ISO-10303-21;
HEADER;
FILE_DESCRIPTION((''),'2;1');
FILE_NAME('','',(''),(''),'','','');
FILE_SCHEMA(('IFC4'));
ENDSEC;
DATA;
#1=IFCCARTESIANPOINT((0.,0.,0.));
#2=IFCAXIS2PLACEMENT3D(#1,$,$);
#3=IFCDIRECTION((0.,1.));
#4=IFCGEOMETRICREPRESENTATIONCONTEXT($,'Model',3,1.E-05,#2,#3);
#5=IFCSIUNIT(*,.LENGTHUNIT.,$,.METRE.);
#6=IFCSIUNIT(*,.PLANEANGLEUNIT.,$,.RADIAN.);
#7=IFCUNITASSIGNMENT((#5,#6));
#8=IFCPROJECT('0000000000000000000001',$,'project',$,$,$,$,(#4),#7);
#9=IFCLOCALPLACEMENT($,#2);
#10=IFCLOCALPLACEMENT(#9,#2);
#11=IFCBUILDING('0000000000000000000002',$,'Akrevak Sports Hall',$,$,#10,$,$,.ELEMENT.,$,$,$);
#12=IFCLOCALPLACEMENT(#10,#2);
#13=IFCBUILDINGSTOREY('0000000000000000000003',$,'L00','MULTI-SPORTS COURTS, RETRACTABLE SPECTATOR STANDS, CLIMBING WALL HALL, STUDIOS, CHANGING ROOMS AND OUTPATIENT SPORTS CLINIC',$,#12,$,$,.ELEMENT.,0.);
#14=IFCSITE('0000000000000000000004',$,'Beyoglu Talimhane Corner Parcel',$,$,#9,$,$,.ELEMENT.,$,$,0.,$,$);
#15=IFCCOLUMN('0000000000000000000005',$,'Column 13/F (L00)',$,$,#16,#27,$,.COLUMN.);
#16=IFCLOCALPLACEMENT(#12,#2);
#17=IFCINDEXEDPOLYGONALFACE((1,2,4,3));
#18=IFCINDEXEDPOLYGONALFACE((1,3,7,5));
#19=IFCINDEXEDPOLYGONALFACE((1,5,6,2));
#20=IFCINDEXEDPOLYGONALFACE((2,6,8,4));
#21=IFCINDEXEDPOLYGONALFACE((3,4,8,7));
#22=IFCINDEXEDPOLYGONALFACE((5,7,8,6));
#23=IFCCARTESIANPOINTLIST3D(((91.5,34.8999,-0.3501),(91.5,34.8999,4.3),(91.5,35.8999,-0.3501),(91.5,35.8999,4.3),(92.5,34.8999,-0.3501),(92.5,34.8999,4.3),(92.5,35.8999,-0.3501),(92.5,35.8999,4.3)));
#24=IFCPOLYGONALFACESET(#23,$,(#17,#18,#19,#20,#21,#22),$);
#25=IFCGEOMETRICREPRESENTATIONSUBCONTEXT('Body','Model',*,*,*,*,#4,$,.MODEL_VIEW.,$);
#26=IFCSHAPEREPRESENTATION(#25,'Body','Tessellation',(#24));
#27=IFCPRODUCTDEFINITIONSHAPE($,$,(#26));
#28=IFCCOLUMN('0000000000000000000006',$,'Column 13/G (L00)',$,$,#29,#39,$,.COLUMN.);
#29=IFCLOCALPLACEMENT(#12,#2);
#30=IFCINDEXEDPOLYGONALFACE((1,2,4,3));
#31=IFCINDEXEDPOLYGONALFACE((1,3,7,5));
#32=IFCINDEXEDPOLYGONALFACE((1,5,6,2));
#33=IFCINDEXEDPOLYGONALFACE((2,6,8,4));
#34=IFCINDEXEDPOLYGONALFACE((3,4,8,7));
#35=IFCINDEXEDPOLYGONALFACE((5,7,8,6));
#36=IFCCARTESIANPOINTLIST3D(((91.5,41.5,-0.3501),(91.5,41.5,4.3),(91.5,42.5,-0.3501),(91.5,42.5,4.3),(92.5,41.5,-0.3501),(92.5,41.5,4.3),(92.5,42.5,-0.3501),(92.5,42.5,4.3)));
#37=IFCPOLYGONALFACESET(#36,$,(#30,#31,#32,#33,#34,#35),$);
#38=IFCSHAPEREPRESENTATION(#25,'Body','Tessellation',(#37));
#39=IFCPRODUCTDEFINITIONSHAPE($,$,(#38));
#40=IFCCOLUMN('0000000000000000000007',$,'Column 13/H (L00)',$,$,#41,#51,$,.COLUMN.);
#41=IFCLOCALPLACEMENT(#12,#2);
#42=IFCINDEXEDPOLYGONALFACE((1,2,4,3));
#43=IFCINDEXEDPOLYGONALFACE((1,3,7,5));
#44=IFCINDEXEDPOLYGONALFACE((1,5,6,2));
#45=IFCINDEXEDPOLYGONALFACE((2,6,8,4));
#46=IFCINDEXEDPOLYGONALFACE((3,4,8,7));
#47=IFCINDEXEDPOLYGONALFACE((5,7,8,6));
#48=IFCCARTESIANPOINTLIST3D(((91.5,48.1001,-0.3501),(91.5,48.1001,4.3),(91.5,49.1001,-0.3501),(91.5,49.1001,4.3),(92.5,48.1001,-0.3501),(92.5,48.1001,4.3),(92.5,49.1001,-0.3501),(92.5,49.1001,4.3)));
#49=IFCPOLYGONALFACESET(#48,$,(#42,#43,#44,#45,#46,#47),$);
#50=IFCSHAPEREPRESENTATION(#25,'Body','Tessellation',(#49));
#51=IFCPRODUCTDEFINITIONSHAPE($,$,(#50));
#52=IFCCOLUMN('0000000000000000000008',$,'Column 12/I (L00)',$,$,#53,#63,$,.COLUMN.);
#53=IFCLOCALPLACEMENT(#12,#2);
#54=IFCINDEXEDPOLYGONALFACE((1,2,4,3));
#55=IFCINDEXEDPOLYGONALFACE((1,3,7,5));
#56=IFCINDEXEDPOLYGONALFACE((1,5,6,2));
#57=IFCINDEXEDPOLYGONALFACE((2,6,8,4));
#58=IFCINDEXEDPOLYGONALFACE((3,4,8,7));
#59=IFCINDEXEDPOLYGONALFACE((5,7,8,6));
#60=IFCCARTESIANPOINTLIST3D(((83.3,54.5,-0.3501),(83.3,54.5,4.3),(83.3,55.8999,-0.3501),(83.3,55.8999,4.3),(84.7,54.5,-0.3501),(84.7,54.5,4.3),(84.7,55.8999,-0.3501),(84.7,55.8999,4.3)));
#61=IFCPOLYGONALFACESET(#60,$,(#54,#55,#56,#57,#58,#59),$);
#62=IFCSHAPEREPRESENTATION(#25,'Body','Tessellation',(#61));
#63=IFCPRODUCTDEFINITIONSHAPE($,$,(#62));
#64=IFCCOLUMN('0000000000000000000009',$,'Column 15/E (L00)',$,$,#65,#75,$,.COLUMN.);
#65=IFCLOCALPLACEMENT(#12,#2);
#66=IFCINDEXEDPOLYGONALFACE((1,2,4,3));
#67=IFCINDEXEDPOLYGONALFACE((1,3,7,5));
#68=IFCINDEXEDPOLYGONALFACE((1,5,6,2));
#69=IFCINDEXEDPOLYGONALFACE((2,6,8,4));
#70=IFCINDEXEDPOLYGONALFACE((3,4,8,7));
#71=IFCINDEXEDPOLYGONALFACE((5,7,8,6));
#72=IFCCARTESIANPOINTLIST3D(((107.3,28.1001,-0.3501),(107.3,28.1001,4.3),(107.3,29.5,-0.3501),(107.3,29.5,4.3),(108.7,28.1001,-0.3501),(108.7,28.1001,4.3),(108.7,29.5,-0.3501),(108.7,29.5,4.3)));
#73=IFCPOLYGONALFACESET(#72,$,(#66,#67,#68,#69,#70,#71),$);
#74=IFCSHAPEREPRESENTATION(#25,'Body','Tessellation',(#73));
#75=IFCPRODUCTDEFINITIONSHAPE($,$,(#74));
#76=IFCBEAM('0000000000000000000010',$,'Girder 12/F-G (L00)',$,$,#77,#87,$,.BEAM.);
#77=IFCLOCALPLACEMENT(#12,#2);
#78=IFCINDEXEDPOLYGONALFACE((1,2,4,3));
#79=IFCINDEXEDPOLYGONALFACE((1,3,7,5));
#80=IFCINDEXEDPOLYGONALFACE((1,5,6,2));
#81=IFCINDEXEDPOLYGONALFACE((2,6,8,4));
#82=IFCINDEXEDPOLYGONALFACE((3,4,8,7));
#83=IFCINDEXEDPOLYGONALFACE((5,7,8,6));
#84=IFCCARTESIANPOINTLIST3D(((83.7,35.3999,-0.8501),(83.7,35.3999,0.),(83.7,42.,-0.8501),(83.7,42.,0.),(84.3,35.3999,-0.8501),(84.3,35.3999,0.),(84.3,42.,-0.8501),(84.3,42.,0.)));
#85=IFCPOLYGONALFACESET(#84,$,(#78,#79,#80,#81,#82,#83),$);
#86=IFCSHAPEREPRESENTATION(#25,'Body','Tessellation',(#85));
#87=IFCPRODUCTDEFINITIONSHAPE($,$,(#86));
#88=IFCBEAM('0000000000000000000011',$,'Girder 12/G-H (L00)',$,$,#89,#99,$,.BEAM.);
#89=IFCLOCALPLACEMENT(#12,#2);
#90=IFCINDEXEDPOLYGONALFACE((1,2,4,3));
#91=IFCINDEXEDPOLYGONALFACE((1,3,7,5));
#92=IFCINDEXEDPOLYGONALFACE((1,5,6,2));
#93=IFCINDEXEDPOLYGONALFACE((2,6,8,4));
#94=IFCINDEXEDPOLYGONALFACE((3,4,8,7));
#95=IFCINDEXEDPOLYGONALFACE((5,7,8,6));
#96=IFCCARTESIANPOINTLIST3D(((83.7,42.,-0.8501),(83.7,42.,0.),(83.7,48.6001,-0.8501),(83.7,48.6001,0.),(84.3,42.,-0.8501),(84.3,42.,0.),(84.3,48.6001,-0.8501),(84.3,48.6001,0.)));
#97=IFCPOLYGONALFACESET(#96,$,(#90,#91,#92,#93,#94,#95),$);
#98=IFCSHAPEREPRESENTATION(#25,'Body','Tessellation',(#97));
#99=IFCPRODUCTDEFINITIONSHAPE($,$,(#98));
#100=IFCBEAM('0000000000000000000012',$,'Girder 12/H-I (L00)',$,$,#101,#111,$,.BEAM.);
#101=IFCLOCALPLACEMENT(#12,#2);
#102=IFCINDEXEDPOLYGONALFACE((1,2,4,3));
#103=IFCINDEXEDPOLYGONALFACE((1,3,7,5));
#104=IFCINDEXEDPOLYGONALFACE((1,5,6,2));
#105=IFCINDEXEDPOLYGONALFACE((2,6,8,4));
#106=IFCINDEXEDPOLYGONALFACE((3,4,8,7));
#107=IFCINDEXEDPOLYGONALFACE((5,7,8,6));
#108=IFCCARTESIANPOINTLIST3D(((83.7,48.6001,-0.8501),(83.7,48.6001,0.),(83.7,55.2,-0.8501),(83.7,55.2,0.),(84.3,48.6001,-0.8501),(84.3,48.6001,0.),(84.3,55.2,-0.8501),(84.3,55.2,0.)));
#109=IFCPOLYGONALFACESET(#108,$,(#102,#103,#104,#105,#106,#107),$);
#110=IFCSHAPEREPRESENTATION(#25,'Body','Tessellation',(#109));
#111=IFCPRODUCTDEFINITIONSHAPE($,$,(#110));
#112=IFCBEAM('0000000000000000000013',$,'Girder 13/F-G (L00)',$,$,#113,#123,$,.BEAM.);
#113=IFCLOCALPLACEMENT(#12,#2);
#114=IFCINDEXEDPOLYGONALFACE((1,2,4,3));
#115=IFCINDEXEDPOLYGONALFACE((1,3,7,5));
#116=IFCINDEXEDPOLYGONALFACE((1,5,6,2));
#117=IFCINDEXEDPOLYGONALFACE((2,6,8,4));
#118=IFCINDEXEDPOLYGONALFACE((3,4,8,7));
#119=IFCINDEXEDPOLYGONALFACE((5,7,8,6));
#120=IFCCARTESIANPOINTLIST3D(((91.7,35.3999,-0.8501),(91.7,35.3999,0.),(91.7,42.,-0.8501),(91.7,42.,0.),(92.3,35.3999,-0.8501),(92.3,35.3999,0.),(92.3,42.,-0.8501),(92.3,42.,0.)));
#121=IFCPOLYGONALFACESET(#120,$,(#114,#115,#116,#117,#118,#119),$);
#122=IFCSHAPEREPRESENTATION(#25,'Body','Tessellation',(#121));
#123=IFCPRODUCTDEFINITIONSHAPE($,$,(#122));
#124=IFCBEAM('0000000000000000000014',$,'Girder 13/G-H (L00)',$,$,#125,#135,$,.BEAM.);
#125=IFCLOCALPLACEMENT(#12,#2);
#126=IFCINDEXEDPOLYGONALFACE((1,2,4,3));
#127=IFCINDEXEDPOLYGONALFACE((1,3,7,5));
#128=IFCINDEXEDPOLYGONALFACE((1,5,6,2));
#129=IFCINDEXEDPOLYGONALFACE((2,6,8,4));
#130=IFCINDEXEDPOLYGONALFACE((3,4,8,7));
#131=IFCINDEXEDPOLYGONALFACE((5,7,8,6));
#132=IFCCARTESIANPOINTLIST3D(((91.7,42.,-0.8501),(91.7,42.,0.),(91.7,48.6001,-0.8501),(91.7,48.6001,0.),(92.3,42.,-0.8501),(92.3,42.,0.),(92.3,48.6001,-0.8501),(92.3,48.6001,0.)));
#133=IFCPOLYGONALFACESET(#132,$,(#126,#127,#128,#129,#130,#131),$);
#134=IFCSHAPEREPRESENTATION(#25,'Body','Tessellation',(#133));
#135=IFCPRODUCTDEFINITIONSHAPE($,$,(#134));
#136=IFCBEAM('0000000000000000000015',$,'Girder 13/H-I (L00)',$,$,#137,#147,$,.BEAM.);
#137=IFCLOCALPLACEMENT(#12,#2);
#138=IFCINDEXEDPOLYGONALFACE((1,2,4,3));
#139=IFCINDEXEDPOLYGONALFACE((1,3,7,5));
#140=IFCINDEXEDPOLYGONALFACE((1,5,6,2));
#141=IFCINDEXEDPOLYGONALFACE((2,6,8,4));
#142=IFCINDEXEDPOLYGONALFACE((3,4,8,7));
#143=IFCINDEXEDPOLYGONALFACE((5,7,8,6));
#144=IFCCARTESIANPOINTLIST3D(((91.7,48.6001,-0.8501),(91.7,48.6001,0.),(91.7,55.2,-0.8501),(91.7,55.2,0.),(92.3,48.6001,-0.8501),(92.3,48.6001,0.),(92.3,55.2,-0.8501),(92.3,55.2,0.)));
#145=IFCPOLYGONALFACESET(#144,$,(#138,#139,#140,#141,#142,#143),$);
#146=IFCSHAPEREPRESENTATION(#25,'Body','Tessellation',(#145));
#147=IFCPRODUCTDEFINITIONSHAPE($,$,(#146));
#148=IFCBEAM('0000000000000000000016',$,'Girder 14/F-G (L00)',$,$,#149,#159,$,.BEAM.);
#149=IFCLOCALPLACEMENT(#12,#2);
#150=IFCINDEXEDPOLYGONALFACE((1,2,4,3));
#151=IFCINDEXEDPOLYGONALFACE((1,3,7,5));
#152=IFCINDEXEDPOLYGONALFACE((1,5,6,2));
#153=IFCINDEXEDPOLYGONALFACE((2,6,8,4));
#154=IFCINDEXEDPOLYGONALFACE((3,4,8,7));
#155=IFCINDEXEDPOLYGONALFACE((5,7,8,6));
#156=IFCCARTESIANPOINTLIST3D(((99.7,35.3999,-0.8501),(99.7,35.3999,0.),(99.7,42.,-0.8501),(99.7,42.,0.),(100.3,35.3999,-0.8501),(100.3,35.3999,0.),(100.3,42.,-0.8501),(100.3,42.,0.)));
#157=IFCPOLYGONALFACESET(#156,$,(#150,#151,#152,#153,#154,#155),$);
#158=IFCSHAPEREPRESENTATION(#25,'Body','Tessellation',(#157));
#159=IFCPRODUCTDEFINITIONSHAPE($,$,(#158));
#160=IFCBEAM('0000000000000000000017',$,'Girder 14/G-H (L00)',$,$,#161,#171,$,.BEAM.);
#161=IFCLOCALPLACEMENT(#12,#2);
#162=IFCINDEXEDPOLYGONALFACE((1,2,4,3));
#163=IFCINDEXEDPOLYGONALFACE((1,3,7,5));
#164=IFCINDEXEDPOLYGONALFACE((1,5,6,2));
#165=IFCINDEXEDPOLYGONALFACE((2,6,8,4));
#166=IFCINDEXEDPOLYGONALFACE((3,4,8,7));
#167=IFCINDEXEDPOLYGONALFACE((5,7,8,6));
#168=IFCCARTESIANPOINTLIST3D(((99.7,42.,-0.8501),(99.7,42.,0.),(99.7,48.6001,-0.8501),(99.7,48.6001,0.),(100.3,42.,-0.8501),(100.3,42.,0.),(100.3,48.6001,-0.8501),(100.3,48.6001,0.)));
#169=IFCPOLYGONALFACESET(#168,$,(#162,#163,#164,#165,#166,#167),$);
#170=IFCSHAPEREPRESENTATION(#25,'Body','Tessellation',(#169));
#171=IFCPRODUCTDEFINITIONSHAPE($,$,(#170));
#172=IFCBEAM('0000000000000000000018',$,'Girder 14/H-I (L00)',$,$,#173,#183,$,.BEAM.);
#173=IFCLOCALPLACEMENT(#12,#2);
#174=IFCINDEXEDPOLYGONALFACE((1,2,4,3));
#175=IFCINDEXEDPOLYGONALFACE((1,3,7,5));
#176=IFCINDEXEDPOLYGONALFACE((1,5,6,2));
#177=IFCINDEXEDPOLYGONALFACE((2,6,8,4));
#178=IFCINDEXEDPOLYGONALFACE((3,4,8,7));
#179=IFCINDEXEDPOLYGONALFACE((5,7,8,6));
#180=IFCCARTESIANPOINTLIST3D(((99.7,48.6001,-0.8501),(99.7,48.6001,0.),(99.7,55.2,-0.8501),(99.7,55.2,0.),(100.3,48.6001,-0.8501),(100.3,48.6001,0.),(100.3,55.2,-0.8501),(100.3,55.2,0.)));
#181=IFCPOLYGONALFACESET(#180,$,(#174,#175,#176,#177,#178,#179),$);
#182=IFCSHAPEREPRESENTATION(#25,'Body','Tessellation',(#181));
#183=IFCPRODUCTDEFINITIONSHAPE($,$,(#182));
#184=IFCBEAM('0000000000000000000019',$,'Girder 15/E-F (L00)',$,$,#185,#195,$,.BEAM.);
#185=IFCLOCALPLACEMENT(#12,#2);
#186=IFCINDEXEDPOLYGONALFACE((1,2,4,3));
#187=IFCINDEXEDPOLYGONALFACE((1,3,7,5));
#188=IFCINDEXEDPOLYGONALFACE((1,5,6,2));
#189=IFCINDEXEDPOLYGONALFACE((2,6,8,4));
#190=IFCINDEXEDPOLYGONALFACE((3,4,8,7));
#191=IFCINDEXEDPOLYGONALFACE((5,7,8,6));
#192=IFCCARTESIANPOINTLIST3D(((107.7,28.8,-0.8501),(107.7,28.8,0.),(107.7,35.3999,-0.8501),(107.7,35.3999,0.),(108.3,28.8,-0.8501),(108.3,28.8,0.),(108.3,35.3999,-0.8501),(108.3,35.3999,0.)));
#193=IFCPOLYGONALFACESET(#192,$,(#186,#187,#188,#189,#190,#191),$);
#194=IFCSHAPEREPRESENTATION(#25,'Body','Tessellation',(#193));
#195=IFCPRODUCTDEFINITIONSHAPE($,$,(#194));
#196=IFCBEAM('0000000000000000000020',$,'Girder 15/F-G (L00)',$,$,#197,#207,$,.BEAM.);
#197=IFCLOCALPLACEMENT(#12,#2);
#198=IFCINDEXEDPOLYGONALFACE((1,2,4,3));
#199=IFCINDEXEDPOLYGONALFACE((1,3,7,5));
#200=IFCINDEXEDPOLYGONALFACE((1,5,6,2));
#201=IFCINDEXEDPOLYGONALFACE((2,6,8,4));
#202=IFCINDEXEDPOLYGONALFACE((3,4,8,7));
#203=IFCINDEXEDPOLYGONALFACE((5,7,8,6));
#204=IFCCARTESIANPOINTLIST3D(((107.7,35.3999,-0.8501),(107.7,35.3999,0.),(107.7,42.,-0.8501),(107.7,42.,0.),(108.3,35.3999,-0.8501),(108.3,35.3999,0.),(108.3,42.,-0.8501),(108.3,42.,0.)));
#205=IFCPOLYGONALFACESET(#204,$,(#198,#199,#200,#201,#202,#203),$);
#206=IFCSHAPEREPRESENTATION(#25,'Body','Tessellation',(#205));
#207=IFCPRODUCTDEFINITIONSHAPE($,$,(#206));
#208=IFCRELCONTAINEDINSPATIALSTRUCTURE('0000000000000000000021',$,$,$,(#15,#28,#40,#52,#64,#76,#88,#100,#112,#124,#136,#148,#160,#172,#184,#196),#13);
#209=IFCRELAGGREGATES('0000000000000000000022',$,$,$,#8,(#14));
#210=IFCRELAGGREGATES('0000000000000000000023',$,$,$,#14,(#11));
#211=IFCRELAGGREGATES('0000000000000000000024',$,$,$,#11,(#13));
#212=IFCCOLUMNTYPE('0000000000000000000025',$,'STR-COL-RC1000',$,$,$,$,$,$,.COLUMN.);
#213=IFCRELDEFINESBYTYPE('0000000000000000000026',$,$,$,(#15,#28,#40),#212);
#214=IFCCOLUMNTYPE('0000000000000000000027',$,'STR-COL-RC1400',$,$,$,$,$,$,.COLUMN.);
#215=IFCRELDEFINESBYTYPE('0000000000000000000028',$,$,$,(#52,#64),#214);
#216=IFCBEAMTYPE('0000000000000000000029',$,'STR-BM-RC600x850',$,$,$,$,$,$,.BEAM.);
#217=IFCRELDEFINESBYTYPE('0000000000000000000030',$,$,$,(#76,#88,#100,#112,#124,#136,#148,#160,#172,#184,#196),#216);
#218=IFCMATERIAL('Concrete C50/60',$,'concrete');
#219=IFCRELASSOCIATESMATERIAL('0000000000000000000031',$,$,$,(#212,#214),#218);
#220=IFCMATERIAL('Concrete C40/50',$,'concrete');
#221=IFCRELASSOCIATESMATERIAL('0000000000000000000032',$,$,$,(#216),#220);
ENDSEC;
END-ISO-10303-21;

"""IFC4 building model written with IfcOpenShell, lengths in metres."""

from ifc_helpers import new_model, si_unit, direction, frame, origin, origin_2d, place, context, subcontext, project, spatial, rectangle, extrude, material, material_profile, profile_set, type_object, element, save


model = new_model("IFC4")

# Units and contexts
model_context = context("Model", 3, precision=1e-05, world=origin(), true_north=direction((0.0, 1.0)))
body_context = subcontext(model_context, "Body", "Model", "MODEL_VIEW")
ifc_project = project(units=[si_unit("LENGTHUNIT", "METRE"), si_unit("PLANEANGLEUNIT", "RADIAN")], contexts=[model_context])

# Site, building, storey
site_placement = place(None, origin())
site = spatial("IfcSite", under=ifc_project, at=site_placement, Name="Beyoglu Talimhane Corner Parcel", CompositionType="ELEMENT", RefElevation=0.0)
building_placement = place(site_placement, origin())
building = spatial("IfcBuilding", under=site, at=building_placement, Name="Akrevak Sports Hall", CompositionType="ELEMENT")
storey_placement = place(building_placement, origin())
storey = spatial("IfcBuildingStorey", under=building, at=storey_placement, Name="L00", Description="MULTI-SPORTS COURTS, RETRACTABLE SPECTATOR STANDS, CLIMBING WALL HALL, STUDIOS, CHANGING ROOMS AND OUTPATIENT SPORTS CLINIC", CompositionType="ELEMENT", Elevation=0.0)

# Columns
ifc_material_1 = material(Name="Concrete C50/60", Category="concrete")
ifc_material_profile_1 = material_profile(ifc_material_1, rectangle(XDim=1.0, YDim=1.0, at=origin_2d()), Name="RC 1000x1000", Category="concrete")
ifc_profile_set_1 = profile_set([ifc_material_profile_1], Name="Concrete C50/60")
column_type_1 = type_object("IfcColumnType", Name="STR-COL-RC1000", PredefinedType="COLUMN", material=ifc_profile_set_1)
for number, where, z_axis, x_axis, name in (
    (1, (92.0, 35.3999, -0.3501), (0.0, 0.0, 1.0), (1.0, 0.0, 0.0), "Column 13/F (L00)"),
    (2, (92.0, 42.0, -0.3501), (0.0, 0.0, 1.0), (1.0, 0.0, 0.0), "Column 13/G (L00)"),
    (3, (92.0, 48.6001, -0.3501), (0.0, 0.0, 1.0), (1.0, 0.0, 0.0), "Column 13/H (L00)"),
):
    element("IfcColumn", number, at=place(storey_placement, frame(where, z_axis=z_axis, x_axis=x_axis)), inside=storey, type_object=column_type_1, Name=name, PredefinedType="COLUMN", context=body_context, shape_type="SweptSolid", body=[
        extrude(rectangle(XDim=1.0, YDim=1.0, at=origin_2d()), origin(), (0.0, 0.0, 1.0), 4.6501),
    ])
ifc_material_profile_2 = material_profile(ifc_material_1, rectangle(XDim=1.3999, YDim=1.3999, at=origin_2d()), Name="RC 1400x1400", Category="concrete")
ifc_profile_set_2 = profile_set([ifc_material_profile_2], Name="Concrete C50/60")
column_type_2 = type_object("IfcColumnType", Name="STR-COL-RC1400", PredefinedType="COLUMN", material=ifc_profile_set_2)
for number, where, z_axis, x_axis, name in (
    (4, (84.0, 55.2, -0.3501), (0.0, 0.0, 1.0), (1.0, 0.0, 0.0), "Column 12/I (L00)"),
    (5, (108.0, 28.8, -0.3501), (0.0, 0.0, 1.0), (1.0, 0.0, 0.0), "Column 15/E (L00)"),
):
    element("IfcColumn", number, at=place(storey_placement, frame(where, z_axis=z_axis, x_axis=x_axis)), inside=storey, type_object=column_type_2, Name=name, PredefinedType="COLUMN", context=body_context, shape_type="SweptSolid", body=[
        extrude(rectangle(XDim=1.3999, YDim=1.3999, at=origin_2d()), origin(), (0.0, 0.0, 1.0), 4.6501),
    ])

# Beams
ifc_material_2 = material(Name="Concrete C40/50", Category="concrete")
ifc_material_profile_3 = material_profile(ifc_material_2, rectangle(XDim=0.6001, YDim=0.8501, at=origin_2d()), Name="BM 600x850", Category="concrete")
ifc_profile_set_3 = profile_set([ifc_material_profile_3], Name="Concrete C40/50")
beam_type_1 = type_object("IfcBeamType", Name="STR-BM-RC600x850", PredefinedType="BEAM", material=ifc_profile_set_3)
for number, where, z_axis, x_axis, name in (
    (6, (84.0, 35.3999, -0.425), (0.0, 1.0, 0.0), (-1.0, 0.0, 0.0), "Girder 12/F-G (L00)"),
    (7, (84.0, 42.0, -0.425), (0.0, 1.0, 0.0), (-1.0, 0.0, 0.0), "Girder 12/G-H (L00)"),
):
    element("IfcBeam", number, at=place(storey_placement, frame(where, z_axis=z_axis, x_axis=x_axis)), inside=storey, type_object=beam_type_1, Name=name, PredefinedType="BEAM", context=body_context, shape_type="SweptSolid", body=[
        extrude(rectangle(XDim=0.6001, YDim=0.8501, at=origin_2d()), origin(), (0.0, 0.0, 1.0), 6.6001),
    ])
beam_1_placement = place(storey_placement, frame((84.0, 48.6001, -0.425), z_axis=(0.0, 1.0, 0.0), x_axis=(-1.0, 0.0, 0.0)))
element("IfcBeam", 8, at=beam_1_placement, inside=storey, type_object=beam_type_1, Name="Girder 12/H-I (L00)", PredefinedType="BEAM", context=body_context, shape_type="SweptSolid", body=[
    extrude(rectangle(XDim=0.6001, YDim=0.8501, at=origin_2d()), origin(), (0.0, 0.0, 1.0), 6.5999),
])
for number, where, z_axis, x_axis, name in (
    (9, (92.0, 35.3999, -0.425), (0.0, 1.0, 0.0), (-1.0, 0.0, 0.0), "Girder 13/F-G (L00)"),
    (10, (92.0, 42.0, -0.425), (0.0, 1.0, 0.0), (-1.0, 0.0, 0.0), "Girder 13/G-H (L00)"),
):
    element("IfcBeam", number, at=place(storey_placement, frame(where, z_axis=z_axis, x_axis=x_axis)), inside=storey, type_object=beam_type_1, Name=name, PredefinedType="BEAM", context=body_context, shape_type="SweptSolid", body=[
        extrude(rectangle(XDim=0.6001, YDim=0.8501, at=origin_2d()), origin(), (0.0, 0.0, 1.0), 6.6001),
    ])
beam_2_placement = place(storey_placement, frame((92.0, 48.6001, -0.425), z_axis=(0.0, 1.0, 0.0), x_axis=(-1.0, 0.0, 0.0)))
element("IfcBeam", 11, at=beam_2_placement, inside=storey, type_object=beam_type_1, Name="Girder 13/H-I (L00)", PredefinedType="BEAM", context=body_context, shape_type="SweptSolid", body=[
    extrude(rectangle(XDim=0.6001, YDim=0.8501, at=origin_2d()), origin(), (0.0, 0.0, 1.0), 6.5999),
])
for number, where, z_axis, x_axis, name in (
    (12, (100.0, 35.3999, -0.425), (0.0, 1.0, 0.0), (-1.0, 0.0, 0.0), "Girder 14/F-G (L00)"),
    (13, (100.0, 42.0, -0.425), (0.0, 1.0, 0.0), (-1.0, 0.0, 0.0), "Girder 14/G-H (L00)"),
):
    element("IfcBeam", number, at=place(storey_placement, frame(where, z_axis=z_axis, x_axis=x_axis)), inside=storey, type_object=beam_type_1, Name=name, PredefinedType="BEAM", context=body_context, shape_type="SweptSolid", body=[
        extrude(rectangle(XDim=0.6001, YDim=0.8501, at=origin_2d()), origin(), (0.0, 0.0, 1.0), 6.6001),
    ])
for number, where, z_axis, x_axis, name in (
    (14, (100.0, 48.6001, -0.425), (0.0, 1.0, 0.0), (-1.0, 0.0, 0.0), "Girder 14/H-I (L00)"),
    (15, (108.0, 28.8, -0.425), (0.0, 1.0, 0.0), (-1.0, 0.0, 0.0), "Girder 15/E-F (L00)"),
):
    element("IfcBeam", number, at=place(storey_placement, frame(where, z_axis=z_axis, x_axis=x_axis)), inside=storey, type_object=beam_type_1, Name=name, PredefinedType="BEAM", context=body_context, shape_type="SweptSolid", body=[
        extrude(rectangle(XDim=0.6001, YDim=0.8501, at=origin_2d()), origin(), (0.0, 0.0, 1.0), 6.5999),
    ])
beam_3_placement = place(storey_placement, frame((108.0, 35.3999, -0.425), z_axis=(0.0, 1.0, 0.0), x_axis=(-1.0, 0.0, 0.0)))
element("IfcBeam", 16, at=beam_3_placement, inside=storey, type_object=beam_type_1, Name="Girder 15/F-G (L00)", PredefinedType="BEAM", context=body_context, shape_type="SweptSolid", body=[
    extrude(rectangle(XDim=0.6001, YDim=0.8501, at=origin_2d()), origin(), (0.0, 0.0, 1.0), 6.6001),
])

save(model, "model.ifc")
